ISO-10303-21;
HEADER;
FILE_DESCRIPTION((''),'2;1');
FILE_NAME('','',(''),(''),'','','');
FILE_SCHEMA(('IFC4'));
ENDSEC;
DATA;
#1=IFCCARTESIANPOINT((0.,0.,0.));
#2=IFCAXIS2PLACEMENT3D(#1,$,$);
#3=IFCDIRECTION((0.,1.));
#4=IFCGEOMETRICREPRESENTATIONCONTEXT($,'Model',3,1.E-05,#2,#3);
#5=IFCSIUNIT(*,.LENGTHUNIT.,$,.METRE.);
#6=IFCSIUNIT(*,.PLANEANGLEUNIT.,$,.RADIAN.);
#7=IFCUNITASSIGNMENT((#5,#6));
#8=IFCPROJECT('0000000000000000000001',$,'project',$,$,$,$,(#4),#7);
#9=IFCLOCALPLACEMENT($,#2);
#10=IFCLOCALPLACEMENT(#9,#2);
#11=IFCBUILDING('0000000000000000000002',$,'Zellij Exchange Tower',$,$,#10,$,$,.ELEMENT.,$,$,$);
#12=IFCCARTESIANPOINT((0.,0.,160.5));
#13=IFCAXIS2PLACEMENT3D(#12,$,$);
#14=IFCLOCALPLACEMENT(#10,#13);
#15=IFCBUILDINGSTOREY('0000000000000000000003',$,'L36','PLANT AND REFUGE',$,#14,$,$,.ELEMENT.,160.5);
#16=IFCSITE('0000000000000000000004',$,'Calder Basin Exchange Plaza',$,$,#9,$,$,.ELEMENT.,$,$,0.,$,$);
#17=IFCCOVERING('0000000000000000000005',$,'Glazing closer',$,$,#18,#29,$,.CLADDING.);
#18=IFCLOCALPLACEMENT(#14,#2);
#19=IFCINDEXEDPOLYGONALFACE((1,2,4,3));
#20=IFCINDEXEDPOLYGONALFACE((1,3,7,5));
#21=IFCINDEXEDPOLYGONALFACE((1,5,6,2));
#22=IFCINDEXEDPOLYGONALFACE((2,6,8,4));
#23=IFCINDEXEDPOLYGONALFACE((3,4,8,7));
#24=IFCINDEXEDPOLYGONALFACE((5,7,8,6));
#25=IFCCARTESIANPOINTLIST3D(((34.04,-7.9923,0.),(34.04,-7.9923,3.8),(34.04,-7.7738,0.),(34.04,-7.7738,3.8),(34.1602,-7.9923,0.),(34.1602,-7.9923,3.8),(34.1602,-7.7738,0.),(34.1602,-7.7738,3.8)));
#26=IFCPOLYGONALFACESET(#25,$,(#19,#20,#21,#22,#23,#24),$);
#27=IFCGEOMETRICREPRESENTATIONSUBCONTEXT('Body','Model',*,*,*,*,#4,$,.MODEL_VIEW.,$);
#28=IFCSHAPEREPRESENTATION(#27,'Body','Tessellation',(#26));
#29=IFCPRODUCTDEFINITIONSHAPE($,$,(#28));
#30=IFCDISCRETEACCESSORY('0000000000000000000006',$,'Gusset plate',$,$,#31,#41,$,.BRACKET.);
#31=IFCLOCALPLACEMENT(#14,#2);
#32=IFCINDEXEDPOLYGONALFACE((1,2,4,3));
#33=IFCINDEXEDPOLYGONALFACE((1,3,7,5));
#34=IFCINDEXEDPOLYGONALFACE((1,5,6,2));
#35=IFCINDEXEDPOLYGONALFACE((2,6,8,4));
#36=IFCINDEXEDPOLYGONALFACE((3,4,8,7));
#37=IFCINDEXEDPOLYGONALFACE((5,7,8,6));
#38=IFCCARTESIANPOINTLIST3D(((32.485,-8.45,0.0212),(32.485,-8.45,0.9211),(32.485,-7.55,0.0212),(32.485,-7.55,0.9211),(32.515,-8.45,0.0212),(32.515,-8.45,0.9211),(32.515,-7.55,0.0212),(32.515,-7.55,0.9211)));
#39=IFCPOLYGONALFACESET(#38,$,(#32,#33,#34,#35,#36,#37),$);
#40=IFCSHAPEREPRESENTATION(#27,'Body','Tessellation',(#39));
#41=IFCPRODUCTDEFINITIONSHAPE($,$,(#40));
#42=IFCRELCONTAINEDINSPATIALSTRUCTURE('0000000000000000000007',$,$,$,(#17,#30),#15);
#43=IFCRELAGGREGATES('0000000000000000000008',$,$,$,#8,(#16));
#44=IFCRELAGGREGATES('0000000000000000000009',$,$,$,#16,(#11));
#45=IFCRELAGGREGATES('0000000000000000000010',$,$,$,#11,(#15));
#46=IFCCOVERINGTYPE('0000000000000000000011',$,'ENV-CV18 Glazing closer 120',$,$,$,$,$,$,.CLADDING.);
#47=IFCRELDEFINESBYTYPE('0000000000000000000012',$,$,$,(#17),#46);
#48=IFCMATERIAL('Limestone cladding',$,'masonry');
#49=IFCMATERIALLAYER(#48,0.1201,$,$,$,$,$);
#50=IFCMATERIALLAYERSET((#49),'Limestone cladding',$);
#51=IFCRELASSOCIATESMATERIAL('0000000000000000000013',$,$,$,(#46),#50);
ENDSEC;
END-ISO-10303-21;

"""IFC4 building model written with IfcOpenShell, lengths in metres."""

from ifc_helpers import new_model, si_unit, direction, frame, origin, origin_2d, place, context, subcontext, project, spatial, rectangle, extrude, material, layer, layer_set, type_object, element, save


model = new_model("IFC4")

# Units and contexts
model_context = context("Model", 3, precision=1e-05, world=origin(), true_north=direction((0.0, 1.0)))
body_context = subcontext(model_context, "Body", "Model", "MODEL_VIEW")
ifc_project = project(units=[si_unit("LENGTHUNIT", "METRE"), si_unit("PLANEANGLEUNIT", "RADIAN")], contexts=[model_context])

# Site, building, storey
site_placement = place(None, origin())
site = spatial("IfcSite", under=ifc_project, at=site_placement, Name="Calder Basin Exchange Plaza", CompositionType="ELEMENT", RefElevation=0.0)
building_placement = place(site_placement, origin())
building = spatial("IfcBuilding", under=site, at=building_placement, Name="Zellij Exchange Tower", CompositionType="ELEMENT")
storey_placement = place(building_placement, frame((0.0, 0.0, 160.5)))
storey = spatial("IfcBuildingStorey", under=building, at=storey_placement, Name="L36", Description="PLANT AND REFUGE", CompositionType="ELEMENT", Elevation=160.5)

# Covering
ifc_material_1 = material(Name="Limestone cladding", Category="masonry")
ifc_layer_1 = layer(ifc_material_1, 0.1201)
ifc_layer_set_1 = layer_set([ifc_layer_1], Name="Limestone cladding")
covering_type = type_object("IfcCoveringType", Name="ENV-CV18 Glazing closer 120", PredefinedType="CLADDING", material=ifc_layer_set_1)
covering_placement = place(storey_placement, frame((34.1001, -7.8831, 0.0), z_axis=(0.0, 0.0, 1.0), x_axis=(0.0, -1.0, 0.0)))
element("IfcCovering", 1, at=covering_placement, inside=storey, type_object=covering_type, Name="Glazing closer", PredefinedType="CLADDING", context=body_context, shape_type="SweptSolid", body=[
    extrude(rectangle(XDim=0.2185, YDim=0.1201, at=origin_2d()), origin(), (0.0, 0.0, 1.0), 3.8),
])

# Discrete accessory
discrete_accessory_placement = place(storey_placement, frame((32.5, -8.0, 0.0212), z_axis=(0.0, 0.0, 1.0), x_axis=(0.0, 1.0, 0.0)))
element("IfcDiscreteAccessory", 2, at=discrete_accessory_placement, inside=storey, Name="Gusset plate", PredefinedType="BRACKET", context=body_context, shape_type="SweptSolid", body=[
    extrude(rectangle(XDim=0.8999, YDim=0.03, at=origin_2d()), origin(), (0.0, 0.0, 1.0), 0.8999),
])

save(model, "model.ifc")
